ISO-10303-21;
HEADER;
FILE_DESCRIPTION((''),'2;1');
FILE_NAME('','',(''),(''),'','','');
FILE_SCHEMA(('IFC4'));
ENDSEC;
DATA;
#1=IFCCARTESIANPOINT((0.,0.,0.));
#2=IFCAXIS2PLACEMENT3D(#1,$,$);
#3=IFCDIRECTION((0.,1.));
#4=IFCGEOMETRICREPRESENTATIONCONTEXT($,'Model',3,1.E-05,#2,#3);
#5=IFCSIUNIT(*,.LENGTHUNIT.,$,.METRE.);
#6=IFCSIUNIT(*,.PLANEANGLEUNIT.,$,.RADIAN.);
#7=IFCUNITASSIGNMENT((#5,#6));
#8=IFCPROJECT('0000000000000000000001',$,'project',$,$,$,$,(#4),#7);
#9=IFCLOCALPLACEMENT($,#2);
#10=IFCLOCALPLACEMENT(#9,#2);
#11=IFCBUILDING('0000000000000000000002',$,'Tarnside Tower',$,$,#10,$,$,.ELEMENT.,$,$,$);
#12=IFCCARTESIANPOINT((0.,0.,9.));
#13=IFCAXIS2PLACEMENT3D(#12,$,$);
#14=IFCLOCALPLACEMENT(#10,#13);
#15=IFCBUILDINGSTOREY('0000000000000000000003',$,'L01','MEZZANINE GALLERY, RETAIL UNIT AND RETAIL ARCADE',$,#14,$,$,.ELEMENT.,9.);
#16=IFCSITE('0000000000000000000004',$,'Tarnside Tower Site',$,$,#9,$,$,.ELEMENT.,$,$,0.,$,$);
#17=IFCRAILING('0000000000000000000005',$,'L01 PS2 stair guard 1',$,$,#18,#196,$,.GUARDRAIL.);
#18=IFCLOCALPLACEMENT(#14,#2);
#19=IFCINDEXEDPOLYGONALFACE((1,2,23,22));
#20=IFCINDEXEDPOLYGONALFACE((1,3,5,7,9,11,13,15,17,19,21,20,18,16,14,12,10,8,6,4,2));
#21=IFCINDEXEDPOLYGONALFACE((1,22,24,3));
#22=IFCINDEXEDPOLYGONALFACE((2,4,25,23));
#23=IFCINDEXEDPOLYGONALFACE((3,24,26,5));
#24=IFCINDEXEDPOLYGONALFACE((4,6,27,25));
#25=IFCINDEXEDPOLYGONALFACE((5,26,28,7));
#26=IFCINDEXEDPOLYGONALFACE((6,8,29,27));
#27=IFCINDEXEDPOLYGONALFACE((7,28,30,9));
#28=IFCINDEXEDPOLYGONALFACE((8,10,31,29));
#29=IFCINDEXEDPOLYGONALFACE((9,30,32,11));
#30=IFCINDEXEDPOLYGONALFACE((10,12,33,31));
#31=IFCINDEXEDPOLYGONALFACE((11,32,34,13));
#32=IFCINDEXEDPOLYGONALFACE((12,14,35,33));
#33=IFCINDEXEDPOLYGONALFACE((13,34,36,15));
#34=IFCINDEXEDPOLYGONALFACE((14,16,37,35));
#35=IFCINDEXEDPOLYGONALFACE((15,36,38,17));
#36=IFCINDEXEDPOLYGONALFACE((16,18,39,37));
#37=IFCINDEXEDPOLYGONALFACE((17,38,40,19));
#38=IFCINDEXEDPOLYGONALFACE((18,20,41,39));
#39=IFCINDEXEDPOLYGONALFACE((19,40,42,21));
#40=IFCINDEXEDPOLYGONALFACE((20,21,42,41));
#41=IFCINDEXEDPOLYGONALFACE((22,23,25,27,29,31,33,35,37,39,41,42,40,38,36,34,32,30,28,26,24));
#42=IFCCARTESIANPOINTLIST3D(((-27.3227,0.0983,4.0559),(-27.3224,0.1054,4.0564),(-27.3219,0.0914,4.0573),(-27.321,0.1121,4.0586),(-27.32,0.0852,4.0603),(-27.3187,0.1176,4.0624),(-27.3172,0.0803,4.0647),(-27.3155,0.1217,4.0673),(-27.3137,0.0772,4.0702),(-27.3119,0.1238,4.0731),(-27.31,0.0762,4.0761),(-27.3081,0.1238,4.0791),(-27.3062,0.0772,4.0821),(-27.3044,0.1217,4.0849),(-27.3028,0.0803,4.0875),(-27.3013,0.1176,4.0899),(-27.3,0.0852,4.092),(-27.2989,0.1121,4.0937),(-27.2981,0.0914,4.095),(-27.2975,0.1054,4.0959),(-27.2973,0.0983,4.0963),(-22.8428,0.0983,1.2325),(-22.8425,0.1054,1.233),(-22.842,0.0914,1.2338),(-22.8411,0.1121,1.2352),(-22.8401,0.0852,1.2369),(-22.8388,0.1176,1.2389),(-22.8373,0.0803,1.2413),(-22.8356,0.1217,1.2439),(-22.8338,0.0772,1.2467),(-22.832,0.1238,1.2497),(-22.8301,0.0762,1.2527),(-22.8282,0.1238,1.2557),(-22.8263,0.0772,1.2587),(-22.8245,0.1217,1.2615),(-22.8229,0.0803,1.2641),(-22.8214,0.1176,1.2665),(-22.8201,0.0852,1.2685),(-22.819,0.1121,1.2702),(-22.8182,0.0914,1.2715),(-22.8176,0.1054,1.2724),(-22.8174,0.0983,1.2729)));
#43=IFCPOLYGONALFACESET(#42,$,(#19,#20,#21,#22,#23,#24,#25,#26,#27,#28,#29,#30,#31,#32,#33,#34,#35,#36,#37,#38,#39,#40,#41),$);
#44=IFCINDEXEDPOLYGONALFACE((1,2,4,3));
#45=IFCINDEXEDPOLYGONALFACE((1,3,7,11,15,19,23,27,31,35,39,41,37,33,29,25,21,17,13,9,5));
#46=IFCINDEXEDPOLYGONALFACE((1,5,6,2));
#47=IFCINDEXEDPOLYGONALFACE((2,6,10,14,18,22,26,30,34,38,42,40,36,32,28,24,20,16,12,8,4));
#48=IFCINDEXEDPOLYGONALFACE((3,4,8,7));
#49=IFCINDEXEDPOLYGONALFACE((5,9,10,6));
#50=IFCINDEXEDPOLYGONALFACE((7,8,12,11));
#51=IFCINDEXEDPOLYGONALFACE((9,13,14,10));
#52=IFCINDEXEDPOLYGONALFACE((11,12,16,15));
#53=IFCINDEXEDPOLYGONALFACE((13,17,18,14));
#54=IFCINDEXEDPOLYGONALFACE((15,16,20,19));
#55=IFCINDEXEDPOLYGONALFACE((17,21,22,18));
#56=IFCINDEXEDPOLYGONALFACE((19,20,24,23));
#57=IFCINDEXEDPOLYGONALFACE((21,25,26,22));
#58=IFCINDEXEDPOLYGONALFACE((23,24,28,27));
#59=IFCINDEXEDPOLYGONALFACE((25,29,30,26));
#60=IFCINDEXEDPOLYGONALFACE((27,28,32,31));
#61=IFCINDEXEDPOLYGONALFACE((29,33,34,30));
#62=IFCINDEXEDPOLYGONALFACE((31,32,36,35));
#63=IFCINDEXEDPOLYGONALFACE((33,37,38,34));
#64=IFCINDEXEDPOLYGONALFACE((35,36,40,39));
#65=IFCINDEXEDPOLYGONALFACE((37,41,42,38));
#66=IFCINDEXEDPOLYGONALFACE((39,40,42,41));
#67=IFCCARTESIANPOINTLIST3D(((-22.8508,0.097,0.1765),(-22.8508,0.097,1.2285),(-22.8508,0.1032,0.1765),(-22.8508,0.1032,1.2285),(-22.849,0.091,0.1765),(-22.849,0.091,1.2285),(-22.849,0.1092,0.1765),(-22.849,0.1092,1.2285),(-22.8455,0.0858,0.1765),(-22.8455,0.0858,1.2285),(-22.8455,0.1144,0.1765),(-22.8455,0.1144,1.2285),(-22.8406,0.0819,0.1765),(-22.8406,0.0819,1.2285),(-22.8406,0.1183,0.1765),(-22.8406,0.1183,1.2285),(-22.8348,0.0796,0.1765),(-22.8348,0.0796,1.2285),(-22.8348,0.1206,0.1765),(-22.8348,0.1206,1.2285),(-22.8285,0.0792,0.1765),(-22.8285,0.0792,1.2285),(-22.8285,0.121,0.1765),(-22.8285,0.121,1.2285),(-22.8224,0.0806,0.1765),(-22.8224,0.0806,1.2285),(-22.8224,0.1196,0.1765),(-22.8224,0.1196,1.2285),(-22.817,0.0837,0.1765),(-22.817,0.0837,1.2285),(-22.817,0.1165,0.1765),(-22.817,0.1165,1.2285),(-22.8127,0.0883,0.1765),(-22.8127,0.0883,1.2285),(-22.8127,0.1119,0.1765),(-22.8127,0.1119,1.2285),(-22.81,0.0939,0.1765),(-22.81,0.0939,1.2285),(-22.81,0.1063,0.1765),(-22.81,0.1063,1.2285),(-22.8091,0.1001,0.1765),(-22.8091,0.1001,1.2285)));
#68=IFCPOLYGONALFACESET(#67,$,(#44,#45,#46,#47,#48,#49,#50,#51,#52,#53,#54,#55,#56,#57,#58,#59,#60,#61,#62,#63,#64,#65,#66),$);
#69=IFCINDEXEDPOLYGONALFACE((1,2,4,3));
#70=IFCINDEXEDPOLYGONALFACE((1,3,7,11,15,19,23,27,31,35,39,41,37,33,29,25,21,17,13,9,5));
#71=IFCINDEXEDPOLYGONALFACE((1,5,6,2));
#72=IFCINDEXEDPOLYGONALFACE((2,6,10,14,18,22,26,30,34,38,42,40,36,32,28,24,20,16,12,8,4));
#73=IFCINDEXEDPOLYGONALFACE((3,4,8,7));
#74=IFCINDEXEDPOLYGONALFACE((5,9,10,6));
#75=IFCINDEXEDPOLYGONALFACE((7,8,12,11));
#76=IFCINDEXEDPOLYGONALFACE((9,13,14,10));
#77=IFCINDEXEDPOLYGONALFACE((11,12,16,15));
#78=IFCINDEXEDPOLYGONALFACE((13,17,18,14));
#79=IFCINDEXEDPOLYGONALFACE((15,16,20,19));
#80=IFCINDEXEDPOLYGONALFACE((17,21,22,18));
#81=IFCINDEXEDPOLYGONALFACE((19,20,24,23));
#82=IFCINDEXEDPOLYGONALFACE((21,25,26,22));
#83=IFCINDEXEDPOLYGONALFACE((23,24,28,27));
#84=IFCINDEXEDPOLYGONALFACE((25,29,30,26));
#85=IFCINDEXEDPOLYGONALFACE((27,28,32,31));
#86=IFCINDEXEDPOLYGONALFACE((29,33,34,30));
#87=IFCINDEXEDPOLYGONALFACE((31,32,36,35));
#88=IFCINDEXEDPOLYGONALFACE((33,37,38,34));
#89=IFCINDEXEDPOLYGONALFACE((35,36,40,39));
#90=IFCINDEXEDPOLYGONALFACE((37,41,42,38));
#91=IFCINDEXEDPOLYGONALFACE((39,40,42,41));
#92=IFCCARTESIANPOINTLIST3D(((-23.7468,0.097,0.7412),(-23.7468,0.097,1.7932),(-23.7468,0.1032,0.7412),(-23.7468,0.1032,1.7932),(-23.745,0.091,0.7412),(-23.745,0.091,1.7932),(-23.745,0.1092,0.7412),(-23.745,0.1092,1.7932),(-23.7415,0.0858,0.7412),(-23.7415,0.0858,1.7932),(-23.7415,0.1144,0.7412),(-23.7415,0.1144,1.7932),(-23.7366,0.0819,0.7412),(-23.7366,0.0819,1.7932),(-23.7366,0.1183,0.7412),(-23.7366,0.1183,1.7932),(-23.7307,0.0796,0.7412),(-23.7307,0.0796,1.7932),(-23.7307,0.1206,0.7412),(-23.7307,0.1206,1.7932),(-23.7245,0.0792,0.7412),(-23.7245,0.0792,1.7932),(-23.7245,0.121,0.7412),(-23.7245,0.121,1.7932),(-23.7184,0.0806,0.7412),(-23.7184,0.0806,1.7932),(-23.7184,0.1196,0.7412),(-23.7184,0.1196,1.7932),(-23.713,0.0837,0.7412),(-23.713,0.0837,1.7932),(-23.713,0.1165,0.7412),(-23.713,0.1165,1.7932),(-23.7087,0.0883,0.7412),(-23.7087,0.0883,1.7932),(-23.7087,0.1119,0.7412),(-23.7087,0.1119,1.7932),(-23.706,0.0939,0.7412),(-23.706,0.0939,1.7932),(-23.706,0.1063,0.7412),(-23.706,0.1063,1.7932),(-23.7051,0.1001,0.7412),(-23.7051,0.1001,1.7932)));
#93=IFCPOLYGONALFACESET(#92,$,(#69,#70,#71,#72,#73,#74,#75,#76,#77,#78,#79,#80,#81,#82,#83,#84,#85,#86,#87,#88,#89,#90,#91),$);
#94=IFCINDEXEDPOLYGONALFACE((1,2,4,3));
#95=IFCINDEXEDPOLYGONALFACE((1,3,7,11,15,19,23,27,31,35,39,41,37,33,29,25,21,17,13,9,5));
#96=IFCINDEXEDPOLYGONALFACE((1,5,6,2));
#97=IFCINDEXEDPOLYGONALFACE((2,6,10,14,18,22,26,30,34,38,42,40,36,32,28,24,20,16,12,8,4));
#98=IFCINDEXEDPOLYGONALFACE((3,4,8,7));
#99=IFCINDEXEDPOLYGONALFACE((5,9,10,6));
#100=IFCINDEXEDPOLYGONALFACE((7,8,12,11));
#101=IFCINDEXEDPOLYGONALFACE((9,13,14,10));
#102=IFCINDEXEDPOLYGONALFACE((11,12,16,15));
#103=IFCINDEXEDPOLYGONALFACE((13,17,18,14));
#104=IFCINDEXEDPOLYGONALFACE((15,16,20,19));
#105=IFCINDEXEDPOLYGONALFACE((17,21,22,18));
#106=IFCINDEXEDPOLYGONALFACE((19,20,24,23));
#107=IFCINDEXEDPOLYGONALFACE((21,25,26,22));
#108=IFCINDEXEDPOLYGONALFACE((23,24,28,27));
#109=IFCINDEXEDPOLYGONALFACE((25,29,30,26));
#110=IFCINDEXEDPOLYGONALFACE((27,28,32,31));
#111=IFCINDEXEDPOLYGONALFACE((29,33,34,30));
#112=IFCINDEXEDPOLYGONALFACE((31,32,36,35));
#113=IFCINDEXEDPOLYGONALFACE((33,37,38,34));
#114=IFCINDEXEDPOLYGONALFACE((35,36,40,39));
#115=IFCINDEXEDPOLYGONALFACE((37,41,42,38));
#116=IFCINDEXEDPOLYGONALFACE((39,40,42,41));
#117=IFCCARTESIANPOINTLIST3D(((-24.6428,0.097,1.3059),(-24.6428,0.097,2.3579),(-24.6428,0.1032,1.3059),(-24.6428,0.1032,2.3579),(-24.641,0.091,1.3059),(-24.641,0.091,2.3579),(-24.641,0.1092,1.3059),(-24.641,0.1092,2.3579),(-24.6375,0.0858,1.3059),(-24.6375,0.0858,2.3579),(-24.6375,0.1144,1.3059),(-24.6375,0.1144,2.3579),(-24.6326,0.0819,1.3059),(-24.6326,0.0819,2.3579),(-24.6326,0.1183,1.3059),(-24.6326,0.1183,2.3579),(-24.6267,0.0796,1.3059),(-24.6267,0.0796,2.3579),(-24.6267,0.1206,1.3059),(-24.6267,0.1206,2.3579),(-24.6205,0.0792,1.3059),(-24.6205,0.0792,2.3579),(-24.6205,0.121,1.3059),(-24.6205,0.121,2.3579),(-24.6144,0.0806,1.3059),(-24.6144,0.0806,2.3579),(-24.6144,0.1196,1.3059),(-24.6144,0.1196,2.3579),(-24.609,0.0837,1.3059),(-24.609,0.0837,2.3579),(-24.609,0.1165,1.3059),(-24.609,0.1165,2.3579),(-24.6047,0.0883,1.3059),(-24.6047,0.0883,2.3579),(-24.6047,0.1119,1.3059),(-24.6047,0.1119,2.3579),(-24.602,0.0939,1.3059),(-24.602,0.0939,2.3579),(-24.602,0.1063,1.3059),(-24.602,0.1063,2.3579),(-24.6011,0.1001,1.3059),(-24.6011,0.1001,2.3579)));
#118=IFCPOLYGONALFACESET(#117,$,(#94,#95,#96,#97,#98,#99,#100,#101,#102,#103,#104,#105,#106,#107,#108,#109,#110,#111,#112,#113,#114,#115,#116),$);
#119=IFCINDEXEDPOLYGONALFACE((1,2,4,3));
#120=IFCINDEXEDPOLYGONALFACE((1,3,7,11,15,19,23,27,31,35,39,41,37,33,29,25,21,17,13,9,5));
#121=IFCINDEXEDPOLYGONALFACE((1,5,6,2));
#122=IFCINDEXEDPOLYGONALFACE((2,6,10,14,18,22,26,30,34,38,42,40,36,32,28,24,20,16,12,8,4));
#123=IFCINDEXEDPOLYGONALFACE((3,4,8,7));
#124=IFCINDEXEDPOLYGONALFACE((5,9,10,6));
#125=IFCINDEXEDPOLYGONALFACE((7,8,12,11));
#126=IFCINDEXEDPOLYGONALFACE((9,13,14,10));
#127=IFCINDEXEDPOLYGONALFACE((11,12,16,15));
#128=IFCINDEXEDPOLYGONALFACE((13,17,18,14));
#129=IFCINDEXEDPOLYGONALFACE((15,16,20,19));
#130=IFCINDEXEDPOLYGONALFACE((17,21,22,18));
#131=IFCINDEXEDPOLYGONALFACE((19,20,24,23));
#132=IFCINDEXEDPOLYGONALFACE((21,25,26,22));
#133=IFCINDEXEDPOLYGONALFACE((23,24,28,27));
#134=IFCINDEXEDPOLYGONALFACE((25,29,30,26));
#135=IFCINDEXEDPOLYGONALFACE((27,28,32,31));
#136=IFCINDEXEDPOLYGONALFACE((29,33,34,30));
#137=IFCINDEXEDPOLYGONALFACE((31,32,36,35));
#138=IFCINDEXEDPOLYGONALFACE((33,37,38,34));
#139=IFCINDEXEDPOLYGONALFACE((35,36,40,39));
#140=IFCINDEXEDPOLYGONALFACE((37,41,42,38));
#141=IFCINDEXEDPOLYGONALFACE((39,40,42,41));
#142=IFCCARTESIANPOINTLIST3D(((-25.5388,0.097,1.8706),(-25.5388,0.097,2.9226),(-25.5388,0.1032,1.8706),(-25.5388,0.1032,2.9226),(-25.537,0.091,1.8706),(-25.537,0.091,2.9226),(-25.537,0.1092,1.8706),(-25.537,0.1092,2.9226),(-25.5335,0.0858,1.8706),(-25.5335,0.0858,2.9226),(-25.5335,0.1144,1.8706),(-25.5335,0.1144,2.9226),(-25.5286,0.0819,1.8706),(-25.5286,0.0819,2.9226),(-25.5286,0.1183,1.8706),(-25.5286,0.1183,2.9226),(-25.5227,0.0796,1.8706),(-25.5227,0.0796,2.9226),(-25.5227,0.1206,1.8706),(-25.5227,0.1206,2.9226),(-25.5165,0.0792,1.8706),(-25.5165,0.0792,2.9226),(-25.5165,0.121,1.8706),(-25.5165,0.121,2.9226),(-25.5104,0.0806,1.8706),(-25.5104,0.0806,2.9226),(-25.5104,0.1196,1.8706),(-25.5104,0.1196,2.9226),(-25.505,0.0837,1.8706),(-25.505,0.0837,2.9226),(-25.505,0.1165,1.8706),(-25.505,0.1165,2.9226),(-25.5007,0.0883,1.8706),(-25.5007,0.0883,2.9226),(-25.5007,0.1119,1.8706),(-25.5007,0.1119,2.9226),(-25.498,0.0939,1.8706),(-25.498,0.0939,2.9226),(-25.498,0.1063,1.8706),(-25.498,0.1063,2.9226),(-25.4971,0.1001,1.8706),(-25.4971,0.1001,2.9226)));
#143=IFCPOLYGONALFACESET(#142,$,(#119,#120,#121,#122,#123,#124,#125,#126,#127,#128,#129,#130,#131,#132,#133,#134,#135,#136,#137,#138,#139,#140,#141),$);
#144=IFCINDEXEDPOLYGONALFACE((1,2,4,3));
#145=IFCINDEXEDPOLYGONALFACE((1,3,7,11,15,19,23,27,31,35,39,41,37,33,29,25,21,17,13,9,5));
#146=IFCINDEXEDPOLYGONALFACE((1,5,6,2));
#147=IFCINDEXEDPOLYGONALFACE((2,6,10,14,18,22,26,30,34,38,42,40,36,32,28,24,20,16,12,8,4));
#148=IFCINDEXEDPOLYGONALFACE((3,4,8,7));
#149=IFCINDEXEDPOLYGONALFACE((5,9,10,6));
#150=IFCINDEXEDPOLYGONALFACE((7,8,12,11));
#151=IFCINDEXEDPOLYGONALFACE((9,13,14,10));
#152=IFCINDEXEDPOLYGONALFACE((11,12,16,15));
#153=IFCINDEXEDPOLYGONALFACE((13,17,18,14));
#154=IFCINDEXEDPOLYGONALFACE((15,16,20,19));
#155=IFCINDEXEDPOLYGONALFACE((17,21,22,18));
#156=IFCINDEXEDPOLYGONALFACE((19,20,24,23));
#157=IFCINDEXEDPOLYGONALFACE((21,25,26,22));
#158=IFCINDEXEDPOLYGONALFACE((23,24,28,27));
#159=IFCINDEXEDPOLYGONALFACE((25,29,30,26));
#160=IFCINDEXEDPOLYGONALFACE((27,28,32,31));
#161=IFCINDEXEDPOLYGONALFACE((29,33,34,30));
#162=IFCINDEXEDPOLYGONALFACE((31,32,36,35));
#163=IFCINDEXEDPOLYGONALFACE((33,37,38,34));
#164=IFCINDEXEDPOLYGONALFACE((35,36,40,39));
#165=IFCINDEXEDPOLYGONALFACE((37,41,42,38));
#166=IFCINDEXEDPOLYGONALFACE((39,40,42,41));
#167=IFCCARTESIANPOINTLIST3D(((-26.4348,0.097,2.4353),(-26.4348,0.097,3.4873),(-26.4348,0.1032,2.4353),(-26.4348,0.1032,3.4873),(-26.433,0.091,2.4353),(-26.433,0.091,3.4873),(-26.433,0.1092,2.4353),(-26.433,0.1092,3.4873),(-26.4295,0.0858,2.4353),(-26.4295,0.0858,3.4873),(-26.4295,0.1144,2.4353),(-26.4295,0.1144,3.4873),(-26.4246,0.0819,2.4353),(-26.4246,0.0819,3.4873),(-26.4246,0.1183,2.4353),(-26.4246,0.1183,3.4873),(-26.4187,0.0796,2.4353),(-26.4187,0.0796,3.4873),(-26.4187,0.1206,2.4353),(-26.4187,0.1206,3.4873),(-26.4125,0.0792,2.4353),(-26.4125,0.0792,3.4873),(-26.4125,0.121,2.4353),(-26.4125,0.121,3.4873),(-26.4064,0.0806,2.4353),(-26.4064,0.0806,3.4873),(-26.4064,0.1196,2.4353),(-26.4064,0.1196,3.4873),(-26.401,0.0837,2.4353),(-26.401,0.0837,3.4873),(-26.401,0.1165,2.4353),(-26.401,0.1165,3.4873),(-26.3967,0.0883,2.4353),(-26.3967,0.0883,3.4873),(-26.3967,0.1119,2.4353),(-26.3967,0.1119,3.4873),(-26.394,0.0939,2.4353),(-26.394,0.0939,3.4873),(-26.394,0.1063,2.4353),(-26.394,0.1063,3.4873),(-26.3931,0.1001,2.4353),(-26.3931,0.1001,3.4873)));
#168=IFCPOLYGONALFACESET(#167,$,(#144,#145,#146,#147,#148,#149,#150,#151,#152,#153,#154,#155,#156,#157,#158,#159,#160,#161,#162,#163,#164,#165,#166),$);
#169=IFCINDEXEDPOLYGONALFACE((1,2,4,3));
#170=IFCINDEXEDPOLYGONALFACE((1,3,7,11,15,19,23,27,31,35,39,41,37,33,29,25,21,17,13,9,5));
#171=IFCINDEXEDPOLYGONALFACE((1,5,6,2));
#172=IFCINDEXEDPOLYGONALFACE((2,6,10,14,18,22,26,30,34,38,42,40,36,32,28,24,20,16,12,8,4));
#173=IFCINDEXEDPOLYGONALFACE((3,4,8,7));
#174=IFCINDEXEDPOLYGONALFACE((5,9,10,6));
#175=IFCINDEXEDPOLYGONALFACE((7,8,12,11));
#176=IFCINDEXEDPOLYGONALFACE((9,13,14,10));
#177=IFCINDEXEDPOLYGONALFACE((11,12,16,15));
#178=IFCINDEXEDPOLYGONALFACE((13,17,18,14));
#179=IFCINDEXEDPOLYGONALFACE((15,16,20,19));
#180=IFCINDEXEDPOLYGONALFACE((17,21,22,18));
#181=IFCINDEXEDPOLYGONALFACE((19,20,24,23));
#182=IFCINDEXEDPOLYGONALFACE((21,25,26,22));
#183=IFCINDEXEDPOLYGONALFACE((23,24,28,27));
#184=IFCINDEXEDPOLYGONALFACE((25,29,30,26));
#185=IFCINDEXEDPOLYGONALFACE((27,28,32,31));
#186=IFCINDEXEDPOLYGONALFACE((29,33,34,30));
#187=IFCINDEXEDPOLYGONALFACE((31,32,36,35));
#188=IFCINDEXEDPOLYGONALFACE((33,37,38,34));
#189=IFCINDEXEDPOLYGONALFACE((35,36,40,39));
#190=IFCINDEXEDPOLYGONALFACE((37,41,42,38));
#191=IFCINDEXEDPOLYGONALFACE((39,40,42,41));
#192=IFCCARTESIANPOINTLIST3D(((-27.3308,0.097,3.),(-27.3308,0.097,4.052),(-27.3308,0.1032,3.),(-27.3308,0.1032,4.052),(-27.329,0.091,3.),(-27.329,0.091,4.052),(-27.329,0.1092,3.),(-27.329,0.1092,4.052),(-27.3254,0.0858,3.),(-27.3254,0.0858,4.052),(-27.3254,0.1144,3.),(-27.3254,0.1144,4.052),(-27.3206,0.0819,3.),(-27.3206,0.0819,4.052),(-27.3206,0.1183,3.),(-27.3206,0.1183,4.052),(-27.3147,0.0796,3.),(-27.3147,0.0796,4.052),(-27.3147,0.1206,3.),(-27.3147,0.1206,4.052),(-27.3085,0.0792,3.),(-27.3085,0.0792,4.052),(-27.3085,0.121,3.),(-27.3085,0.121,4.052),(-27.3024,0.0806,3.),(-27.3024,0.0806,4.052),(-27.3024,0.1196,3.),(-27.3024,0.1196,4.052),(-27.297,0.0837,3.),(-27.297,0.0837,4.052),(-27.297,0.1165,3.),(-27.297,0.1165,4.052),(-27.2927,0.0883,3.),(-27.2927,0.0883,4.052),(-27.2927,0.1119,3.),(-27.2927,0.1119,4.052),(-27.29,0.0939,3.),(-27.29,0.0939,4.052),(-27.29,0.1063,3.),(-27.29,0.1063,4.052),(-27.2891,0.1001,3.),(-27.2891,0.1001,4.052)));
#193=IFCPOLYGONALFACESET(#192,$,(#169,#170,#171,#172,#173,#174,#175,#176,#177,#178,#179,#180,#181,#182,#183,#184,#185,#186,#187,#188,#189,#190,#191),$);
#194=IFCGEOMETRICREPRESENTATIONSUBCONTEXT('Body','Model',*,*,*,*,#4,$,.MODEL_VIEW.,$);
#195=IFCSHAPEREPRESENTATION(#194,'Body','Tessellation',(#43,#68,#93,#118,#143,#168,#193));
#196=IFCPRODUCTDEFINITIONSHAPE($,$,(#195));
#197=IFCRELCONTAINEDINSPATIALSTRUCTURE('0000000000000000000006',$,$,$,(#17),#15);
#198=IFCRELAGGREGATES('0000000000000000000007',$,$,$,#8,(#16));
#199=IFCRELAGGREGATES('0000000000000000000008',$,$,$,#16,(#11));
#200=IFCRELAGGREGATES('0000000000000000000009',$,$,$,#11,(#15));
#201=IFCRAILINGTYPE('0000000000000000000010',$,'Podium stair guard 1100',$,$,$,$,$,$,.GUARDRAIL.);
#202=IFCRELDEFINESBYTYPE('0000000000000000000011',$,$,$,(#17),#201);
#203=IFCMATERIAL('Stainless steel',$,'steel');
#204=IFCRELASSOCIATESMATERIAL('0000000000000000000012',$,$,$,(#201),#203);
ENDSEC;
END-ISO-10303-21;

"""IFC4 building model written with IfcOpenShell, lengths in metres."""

from ifc_helpers import new_model, si_unit, direction, frame, origin, origin_2d, place, context, subcontext, project, spatial, circle, extrude, material, type_object, element, save


model = new_model("IFC4")

# Units and contexts
model_context = context("Model", 3, precision=1e-05, world=origin(), true_north=direction((0.0, 1.0)))
body_context = subcontext(model_context, "Body", "Model", "MODEL_VIEW")
ifc_project = project(units=[si_unit("LENGTHUNIT", "METRE"), si_unit("PLANEANGLEUNIT", "RADIAN")], contexts=[model_context])

# Site, building, storey
site_placement = place(None, origin())
site = spatial("IfcSite", under=ifc_project, at=site_placement, Name="Tarnside Tower Site", CompositionType="ELEMENT", RefElevation=0.0)
building_placement = place(site_placement, origin())
building = spatial("IfcBuilding", under=site, at=building_placement, Name="Tarnside Tower", CompositionType="ELEMENT")
storey_placement = place(building_placement, frame((0.0, 0.0, 9.0)))
storey = spatial("IfcBuildingStorey", under=building, at=storey_placement, Name="L01", Description="MEZZANINE GALLERY, RETAIL UNIT AND RETAIL ARCADE", CompositionType="ELEMENT", Elevation=9.0)

# Railing
ifc_material_1 = material(Name="Stainless steel", Category="steel")
railing_type_1 = type_object("IfcRailingType", Name="Podium stair guard 1100", PredefinedType="GUARDRAIL", material=ifc_material_1)
railing_1_placement = place(storey_placement, frame((-22.8301, 0.1001, 0.1765)))
element("IfcRailing", 1, at=railing_1_placement, inside=storey, type_object=railing_type_1, Name="L01 PS2 stair guard 1", PredefinedType="GUARDRAIL", context=body_context, shape_type="SweptSolid", body=[
    extrude(circle(Radius=0.0239, at=origin_2d()), frame((0.0, 0.0, 1.0762), z_axis=(-0.845998, 0.0, 0.533186), x_axis=(0.0, -1.0, 0.0)), (0.0, 0.0, 1.0), 5.2954),
    extrude(circle(Radius=0.021, at=origin_2d()), origin(), (0.0, 0.0, 1.0), 1.052),
    extrude(circle(Radius=0.021, at=origin_2d()), frame((-0.896, 0.0, 0.5647)), (0.0, 0.0, 1.0), 1.052),
    extrude(circle(Radius=0.021, at=origin_2d()), frame((-1.792, 0.0, 1.1294)), (0.0, 0.0, 1.0), 1.052),
    extrude(circle(Radius=0.021, at=origin_2d()), frame((-2.688, 0.0, 1.6941)), (0.0, 0.0, 1.0), 1.052),
    extrude(circle(Radius=0.021, at=origin_2d()), frame((-3.584, 0.0, 2.2588)), (0.0, 0.0, 1.0), 1.052),
    extrude(circle(Radius=0.021, at=origin_2d()), frame((-4.48, 0.0, 2.8235)), (0.0, 0.0, 1.0), 1.052),
])

save(model, "model.ifc")
